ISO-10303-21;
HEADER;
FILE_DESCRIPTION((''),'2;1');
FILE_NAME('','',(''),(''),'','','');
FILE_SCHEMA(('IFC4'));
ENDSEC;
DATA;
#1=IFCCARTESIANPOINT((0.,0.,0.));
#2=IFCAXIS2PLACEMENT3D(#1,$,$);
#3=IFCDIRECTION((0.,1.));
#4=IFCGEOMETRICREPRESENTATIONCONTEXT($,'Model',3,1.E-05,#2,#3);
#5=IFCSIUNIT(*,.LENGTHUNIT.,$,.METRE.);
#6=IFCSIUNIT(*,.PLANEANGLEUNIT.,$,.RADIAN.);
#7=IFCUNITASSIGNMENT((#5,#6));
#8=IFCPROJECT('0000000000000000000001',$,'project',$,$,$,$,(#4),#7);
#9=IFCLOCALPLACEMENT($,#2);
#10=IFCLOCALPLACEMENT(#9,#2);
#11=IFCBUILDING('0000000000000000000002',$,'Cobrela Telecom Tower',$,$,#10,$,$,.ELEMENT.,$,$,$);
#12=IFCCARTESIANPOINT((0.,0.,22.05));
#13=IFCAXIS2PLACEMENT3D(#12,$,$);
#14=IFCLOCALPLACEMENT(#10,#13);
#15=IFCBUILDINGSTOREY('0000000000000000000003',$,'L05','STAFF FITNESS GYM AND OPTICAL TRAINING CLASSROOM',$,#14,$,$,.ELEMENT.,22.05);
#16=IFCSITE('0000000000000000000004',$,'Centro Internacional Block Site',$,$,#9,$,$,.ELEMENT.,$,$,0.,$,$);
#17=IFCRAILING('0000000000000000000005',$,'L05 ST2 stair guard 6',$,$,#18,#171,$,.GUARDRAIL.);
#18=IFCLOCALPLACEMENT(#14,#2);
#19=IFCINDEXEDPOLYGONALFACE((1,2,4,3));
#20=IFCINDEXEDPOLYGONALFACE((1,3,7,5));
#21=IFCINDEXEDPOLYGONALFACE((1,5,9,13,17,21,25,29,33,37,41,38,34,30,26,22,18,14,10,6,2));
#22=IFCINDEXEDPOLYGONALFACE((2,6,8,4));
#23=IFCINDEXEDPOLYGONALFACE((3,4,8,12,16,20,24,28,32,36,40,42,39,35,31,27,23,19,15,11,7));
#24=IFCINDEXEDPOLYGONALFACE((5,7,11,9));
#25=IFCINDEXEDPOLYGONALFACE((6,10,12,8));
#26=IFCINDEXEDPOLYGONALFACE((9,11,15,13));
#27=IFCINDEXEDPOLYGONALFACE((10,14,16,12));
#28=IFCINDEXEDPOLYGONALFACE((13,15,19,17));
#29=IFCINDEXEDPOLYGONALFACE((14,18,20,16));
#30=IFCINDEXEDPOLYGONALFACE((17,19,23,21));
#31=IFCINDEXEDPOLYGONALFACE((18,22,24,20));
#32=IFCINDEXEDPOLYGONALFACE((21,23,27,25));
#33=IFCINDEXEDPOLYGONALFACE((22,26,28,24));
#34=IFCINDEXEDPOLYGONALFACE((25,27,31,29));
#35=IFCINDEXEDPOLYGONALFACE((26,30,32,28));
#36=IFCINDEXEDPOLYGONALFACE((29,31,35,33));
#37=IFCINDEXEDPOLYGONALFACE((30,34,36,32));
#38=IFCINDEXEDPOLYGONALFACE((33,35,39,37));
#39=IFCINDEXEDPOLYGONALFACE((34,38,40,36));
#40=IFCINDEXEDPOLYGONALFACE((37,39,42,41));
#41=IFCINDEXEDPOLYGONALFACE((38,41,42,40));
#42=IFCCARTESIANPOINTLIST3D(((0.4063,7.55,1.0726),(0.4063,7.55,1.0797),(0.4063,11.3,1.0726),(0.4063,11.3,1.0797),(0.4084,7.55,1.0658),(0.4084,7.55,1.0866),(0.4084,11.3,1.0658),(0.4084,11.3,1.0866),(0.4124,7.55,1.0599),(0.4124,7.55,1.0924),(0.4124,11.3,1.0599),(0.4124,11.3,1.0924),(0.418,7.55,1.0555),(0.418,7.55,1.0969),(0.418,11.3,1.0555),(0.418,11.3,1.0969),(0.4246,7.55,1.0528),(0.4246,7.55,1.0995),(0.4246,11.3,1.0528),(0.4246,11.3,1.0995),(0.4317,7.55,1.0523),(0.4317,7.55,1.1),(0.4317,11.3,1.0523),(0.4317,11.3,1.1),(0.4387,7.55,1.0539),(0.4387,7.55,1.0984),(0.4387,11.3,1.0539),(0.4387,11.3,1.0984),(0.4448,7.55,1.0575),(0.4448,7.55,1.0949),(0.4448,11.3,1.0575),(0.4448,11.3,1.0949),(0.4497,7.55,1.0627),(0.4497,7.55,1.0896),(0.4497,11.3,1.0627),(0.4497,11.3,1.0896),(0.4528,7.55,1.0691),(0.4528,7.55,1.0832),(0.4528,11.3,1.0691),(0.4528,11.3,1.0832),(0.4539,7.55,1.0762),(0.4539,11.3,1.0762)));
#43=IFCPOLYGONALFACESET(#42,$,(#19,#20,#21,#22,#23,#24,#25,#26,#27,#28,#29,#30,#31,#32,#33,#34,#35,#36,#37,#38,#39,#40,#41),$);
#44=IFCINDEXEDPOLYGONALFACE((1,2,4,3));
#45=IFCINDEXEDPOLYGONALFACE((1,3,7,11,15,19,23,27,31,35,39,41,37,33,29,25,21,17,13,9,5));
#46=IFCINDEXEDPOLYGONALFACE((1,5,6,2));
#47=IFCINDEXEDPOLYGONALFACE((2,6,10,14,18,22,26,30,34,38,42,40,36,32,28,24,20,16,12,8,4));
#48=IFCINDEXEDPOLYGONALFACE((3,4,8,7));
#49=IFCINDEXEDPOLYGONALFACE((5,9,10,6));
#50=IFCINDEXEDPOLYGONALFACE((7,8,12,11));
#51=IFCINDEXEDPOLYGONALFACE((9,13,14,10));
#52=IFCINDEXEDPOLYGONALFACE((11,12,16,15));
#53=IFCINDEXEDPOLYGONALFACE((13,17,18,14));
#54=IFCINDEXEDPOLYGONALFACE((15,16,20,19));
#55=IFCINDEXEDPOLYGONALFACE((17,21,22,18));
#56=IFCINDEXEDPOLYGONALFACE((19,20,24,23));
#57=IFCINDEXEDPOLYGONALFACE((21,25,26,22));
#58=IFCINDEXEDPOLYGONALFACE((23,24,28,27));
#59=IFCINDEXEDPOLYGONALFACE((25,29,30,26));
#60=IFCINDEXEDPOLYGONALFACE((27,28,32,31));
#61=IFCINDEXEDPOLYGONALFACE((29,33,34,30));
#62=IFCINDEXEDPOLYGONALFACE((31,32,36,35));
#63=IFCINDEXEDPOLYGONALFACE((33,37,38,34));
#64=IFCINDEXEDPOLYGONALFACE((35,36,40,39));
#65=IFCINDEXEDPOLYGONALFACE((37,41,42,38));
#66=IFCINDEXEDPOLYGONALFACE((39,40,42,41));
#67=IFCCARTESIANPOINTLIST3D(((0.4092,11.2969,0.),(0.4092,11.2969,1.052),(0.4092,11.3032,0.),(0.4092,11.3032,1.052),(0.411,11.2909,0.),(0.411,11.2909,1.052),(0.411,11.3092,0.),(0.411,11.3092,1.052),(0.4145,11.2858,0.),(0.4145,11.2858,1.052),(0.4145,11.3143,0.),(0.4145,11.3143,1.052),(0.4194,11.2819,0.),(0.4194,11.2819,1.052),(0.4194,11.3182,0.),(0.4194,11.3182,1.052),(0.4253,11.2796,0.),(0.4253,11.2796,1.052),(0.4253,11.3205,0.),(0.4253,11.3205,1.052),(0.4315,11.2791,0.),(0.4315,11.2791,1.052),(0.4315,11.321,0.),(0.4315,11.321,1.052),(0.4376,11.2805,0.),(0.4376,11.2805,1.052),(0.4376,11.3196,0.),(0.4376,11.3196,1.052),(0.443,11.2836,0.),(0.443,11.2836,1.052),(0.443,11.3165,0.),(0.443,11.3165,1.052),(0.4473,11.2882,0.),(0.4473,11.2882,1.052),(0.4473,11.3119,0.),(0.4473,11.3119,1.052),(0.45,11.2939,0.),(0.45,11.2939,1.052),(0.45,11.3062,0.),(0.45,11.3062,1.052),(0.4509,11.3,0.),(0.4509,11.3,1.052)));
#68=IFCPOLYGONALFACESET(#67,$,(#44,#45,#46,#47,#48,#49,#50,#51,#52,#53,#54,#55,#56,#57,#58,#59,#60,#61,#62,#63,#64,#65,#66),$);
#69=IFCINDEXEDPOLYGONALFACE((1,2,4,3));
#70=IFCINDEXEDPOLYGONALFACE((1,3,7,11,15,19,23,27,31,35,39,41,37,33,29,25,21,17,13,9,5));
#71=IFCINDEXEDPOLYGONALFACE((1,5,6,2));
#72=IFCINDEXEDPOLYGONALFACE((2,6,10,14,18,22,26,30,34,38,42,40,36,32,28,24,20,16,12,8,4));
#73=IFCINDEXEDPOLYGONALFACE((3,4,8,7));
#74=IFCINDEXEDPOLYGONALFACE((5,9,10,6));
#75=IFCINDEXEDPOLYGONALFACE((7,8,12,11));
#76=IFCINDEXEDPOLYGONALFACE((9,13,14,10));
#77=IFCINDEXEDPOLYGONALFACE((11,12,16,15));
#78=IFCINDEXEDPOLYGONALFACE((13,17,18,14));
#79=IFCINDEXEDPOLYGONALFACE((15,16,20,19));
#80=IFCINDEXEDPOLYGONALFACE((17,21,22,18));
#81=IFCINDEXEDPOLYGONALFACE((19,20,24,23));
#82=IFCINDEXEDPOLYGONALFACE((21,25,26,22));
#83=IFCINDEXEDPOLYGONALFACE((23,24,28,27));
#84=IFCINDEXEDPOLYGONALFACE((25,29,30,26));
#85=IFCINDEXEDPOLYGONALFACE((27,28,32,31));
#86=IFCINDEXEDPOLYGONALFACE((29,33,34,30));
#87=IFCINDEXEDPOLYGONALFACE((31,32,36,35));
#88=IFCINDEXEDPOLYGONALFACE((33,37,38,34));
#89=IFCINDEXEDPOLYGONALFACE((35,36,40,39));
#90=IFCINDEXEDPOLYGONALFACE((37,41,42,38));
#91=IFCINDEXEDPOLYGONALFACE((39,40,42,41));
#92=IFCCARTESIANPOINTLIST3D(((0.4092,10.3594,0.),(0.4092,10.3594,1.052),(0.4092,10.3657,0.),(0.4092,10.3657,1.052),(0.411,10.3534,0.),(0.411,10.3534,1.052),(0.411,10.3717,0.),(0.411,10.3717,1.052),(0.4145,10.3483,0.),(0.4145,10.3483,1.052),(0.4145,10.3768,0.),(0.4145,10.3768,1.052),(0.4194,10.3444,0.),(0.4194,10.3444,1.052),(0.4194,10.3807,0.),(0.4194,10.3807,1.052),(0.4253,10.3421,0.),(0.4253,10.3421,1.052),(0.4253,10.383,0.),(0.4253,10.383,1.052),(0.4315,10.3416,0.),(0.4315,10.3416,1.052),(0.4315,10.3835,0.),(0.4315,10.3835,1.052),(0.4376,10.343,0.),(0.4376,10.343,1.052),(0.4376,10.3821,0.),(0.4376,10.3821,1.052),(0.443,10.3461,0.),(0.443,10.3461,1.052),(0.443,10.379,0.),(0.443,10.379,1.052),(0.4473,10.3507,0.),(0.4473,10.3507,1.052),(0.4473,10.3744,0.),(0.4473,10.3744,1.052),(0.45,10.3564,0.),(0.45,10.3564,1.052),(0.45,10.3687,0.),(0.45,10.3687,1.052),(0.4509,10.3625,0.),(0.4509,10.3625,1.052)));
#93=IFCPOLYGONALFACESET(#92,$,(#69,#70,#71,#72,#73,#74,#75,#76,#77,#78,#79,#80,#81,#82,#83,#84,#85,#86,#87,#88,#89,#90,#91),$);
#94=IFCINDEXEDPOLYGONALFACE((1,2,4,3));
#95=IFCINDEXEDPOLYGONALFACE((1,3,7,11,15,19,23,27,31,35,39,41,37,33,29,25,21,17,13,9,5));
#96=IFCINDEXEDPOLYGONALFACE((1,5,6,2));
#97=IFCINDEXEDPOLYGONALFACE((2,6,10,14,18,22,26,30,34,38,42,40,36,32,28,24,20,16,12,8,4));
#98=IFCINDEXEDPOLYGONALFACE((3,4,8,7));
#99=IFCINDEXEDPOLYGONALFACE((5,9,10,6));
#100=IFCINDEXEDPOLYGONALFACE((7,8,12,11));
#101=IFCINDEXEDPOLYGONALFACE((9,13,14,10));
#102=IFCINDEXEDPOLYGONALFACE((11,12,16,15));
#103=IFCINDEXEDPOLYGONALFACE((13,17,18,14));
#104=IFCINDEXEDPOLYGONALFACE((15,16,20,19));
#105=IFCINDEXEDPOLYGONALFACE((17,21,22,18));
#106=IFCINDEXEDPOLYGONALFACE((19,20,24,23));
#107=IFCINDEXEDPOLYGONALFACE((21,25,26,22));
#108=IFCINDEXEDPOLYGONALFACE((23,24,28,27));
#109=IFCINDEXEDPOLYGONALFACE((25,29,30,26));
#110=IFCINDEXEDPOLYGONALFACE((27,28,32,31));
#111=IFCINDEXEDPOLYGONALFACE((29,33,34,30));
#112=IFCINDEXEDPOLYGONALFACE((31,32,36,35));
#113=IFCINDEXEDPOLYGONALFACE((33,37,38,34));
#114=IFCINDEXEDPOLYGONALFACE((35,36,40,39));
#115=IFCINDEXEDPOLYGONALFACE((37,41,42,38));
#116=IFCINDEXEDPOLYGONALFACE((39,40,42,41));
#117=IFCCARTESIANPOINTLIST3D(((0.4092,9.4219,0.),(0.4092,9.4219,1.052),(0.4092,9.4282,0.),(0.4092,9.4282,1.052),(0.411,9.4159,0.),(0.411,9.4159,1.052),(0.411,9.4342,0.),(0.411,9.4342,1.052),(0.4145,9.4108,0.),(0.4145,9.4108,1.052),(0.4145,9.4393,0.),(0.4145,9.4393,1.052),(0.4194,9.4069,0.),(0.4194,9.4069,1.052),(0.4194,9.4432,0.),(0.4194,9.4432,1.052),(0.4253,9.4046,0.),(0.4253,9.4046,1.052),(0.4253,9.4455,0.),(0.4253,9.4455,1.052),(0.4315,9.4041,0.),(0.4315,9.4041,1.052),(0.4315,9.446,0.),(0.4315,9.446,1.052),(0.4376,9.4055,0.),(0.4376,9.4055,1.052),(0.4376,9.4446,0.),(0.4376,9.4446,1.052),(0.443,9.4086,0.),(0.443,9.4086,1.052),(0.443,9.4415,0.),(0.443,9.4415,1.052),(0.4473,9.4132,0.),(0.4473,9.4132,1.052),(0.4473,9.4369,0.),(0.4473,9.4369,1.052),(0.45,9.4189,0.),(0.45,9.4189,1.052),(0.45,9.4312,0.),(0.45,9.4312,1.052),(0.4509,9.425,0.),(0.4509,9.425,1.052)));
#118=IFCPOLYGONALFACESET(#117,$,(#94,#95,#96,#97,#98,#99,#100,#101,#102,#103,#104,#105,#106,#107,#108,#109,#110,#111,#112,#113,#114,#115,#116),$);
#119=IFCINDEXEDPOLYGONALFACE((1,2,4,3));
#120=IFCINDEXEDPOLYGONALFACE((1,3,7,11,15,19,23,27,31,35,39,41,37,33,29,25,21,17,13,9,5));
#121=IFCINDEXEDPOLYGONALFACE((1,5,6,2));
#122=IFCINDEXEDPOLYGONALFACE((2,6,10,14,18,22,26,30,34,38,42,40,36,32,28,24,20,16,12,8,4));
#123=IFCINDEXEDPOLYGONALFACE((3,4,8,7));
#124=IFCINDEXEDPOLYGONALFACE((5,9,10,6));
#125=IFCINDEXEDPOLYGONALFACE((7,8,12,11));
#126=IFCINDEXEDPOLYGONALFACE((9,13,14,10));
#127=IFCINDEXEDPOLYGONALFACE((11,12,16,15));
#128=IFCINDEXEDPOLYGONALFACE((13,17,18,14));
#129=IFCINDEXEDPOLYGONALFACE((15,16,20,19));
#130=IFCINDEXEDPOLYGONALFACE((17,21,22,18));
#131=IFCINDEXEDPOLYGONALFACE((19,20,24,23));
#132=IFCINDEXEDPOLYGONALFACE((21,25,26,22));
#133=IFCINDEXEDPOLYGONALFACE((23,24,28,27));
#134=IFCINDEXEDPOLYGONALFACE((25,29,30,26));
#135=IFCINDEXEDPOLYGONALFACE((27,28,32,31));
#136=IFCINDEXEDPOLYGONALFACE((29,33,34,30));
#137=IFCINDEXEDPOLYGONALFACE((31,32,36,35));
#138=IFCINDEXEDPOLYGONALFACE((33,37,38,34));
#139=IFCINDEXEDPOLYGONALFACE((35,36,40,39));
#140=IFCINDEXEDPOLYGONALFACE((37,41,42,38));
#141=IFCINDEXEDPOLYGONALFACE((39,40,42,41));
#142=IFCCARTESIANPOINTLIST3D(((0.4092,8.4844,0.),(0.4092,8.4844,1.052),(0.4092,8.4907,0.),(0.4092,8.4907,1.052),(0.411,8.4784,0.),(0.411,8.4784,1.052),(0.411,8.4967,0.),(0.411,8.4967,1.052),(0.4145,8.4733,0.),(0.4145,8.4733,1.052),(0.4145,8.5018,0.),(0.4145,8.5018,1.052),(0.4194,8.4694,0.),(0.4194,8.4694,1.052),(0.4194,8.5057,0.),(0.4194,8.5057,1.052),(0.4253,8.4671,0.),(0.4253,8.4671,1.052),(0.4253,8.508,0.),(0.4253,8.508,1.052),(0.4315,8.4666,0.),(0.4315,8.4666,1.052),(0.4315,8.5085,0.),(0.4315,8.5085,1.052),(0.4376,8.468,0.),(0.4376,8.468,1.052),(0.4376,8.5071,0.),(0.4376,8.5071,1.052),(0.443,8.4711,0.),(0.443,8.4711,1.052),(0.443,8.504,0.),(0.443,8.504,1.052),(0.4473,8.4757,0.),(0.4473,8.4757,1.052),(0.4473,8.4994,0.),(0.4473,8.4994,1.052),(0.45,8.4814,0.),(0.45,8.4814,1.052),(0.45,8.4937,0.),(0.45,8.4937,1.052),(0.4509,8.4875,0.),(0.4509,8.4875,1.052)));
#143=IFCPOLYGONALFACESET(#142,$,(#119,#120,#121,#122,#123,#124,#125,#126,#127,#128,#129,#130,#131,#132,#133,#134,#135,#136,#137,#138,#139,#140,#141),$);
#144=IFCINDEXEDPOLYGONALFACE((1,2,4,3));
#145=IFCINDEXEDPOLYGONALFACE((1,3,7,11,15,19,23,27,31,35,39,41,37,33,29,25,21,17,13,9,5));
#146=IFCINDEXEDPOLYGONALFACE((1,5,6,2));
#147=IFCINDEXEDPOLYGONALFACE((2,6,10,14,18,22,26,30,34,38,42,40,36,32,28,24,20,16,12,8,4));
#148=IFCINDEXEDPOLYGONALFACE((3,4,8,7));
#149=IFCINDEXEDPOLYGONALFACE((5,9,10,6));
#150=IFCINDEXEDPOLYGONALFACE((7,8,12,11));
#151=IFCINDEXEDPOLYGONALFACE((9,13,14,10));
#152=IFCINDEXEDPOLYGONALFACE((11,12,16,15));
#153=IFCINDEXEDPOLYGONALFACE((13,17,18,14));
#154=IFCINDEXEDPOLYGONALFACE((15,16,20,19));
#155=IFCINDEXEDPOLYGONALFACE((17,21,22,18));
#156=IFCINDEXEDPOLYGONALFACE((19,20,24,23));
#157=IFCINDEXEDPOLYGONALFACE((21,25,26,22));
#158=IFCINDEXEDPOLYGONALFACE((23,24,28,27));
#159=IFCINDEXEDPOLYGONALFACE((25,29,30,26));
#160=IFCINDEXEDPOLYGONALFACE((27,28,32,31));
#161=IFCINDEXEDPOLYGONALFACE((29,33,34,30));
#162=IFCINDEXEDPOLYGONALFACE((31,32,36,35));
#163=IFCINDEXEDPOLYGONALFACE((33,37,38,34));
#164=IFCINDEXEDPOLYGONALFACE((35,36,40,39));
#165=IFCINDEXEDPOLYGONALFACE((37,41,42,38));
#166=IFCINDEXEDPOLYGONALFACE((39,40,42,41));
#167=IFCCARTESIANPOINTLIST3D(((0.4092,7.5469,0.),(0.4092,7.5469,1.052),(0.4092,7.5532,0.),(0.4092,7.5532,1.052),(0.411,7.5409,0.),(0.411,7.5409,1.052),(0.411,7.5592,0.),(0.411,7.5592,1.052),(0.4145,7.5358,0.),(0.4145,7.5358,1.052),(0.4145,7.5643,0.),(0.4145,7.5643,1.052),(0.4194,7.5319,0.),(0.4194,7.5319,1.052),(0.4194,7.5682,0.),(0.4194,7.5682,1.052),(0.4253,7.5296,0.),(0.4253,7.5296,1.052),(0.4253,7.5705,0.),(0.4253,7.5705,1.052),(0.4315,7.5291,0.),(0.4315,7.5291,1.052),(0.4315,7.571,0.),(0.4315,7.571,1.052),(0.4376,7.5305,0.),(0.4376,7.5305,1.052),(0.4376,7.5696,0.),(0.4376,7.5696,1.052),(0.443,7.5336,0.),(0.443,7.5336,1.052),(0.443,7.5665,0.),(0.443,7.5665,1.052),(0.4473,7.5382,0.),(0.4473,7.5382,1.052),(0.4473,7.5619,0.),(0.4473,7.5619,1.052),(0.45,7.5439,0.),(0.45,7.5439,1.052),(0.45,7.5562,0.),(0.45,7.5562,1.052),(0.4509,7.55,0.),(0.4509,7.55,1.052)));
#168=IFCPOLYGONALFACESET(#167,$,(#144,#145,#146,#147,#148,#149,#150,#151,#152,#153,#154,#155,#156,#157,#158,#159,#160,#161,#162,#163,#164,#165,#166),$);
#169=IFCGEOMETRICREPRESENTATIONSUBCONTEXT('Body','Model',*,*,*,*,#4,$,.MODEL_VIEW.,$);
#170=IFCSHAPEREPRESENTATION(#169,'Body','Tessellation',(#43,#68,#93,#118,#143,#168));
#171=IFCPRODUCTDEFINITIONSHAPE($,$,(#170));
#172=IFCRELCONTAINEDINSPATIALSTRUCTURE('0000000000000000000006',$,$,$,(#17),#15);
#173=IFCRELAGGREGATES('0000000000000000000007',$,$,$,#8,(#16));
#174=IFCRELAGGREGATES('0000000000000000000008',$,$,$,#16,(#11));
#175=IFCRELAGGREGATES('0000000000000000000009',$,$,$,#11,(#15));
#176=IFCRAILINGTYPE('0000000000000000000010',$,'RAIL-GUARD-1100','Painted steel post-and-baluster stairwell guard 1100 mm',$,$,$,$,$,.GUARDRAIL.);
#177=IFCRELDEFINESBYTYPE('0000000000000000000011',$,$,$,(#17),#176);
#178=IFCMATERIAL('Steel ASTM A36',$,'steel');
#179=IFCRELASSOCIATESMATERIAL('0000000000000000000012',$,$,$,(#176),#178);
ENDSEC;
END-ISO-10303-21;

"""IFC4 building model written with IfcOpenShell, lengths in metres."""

from ifc_helpers import new_model, si_unit, direction, frame, origin, origin_2d, place, context, subcontext, project, spatial, circle, extrude, material, type_object, element, save


model = new_model("IFC4")

# Units and contexts
model_context = context("Model", 3, precision=1e-05, world=origin(), true_north=direction((0.0, 1.0)))
body_context = subcontext(model_context, "Body", "Model", "MODEL_VIEW")
ifc_project = project(units=[si_unit("LENGTHUNIT", "METRE"), si_unit("PLANEANGLEUNIT", "RADIAN")], contexts=[model_context])

# Site, building, storey
site_placement = place(None, origin())
site = spatial("IfcSite", under=ifc_project, at=site_placement, Name="Centro Internacional Block Site", CompositionType="ELEMENT", RefElevation=0.0)
building_placement = place(site_placement, origin())
building = spatial("IfcBuilding", under=site, at=building_placement, Name="Cobrela Telecom Tower", CompositionType="ELEMENT")
storey_placement = place(building_placement, frame((0.0, 0.0, 22.05)))
storey = spatial("IfcBuildingStorey", under=building, at=storey_placement, Name="L05", Description="STAFF FITNESS GYM AND OPTICAL TRAINING CLASSROOM", CompositionType="ELEMENT", Elevation=22.05)

# Railing
ifc_material_1 = material(Name="Steel ASTM A36", Category="steel")
railing_type = type_object("IfcRailingType", Name="RAIL-GUARD-1100", Description="Painted steel post-and-baluster stairwell guard 1100 mm", PredefinedType="GUARDRAIL", material=ifc_material_1)
railing_placement = place(storey_placement, frame((0.4299, 11.3, 0.0)))
element("IfcRailing", 1, at=railing_placement, inside=storey, type_object=railing_type, Name="L05 ST2 stair guard 6", PredefinedType="GUARDRAIL", context=body_context, shape_type="SweptSolid", body=[
    extrude(circle(Radius=0.0239, at=origin_2d()), frame((0.0, 0.0, 1.0762), z_axis=(0.0, -1.0, 0.0), x_axis=(1.0, 0.0, 0.0)), (0.0, 0.0, 1.0), 3.75),
    extrude(circle(Radius=0.021, at=origin_2d()), origin(), (0.0, 0.0, 1.0), 1.052),
    extrude(circle(Radius=0.021, at=origin_2d()), frame((0.0, -0.9375, 0.0)), (0.0, 0.0, 1.0), 1.052),
    extrude(circle(Radius=0.021, at=origin_2d()), frame((0.0, -1.875, 0.0)), (0.0, 0.0, 1.0), 1.052),
    extrude(circle(Radius=0.021, at=origin_2d()), frame((0.0, -2.8125, 0.0)), (0.0, 0.0, 1.0), 1.052),
    extrude(circle(Radius=0.021, at=origin_2d()), frame((0.0, -3.75, 0.0)), (0.0, 0.0, 1.0), 1.052),
])

save(model, "model.ifc")
